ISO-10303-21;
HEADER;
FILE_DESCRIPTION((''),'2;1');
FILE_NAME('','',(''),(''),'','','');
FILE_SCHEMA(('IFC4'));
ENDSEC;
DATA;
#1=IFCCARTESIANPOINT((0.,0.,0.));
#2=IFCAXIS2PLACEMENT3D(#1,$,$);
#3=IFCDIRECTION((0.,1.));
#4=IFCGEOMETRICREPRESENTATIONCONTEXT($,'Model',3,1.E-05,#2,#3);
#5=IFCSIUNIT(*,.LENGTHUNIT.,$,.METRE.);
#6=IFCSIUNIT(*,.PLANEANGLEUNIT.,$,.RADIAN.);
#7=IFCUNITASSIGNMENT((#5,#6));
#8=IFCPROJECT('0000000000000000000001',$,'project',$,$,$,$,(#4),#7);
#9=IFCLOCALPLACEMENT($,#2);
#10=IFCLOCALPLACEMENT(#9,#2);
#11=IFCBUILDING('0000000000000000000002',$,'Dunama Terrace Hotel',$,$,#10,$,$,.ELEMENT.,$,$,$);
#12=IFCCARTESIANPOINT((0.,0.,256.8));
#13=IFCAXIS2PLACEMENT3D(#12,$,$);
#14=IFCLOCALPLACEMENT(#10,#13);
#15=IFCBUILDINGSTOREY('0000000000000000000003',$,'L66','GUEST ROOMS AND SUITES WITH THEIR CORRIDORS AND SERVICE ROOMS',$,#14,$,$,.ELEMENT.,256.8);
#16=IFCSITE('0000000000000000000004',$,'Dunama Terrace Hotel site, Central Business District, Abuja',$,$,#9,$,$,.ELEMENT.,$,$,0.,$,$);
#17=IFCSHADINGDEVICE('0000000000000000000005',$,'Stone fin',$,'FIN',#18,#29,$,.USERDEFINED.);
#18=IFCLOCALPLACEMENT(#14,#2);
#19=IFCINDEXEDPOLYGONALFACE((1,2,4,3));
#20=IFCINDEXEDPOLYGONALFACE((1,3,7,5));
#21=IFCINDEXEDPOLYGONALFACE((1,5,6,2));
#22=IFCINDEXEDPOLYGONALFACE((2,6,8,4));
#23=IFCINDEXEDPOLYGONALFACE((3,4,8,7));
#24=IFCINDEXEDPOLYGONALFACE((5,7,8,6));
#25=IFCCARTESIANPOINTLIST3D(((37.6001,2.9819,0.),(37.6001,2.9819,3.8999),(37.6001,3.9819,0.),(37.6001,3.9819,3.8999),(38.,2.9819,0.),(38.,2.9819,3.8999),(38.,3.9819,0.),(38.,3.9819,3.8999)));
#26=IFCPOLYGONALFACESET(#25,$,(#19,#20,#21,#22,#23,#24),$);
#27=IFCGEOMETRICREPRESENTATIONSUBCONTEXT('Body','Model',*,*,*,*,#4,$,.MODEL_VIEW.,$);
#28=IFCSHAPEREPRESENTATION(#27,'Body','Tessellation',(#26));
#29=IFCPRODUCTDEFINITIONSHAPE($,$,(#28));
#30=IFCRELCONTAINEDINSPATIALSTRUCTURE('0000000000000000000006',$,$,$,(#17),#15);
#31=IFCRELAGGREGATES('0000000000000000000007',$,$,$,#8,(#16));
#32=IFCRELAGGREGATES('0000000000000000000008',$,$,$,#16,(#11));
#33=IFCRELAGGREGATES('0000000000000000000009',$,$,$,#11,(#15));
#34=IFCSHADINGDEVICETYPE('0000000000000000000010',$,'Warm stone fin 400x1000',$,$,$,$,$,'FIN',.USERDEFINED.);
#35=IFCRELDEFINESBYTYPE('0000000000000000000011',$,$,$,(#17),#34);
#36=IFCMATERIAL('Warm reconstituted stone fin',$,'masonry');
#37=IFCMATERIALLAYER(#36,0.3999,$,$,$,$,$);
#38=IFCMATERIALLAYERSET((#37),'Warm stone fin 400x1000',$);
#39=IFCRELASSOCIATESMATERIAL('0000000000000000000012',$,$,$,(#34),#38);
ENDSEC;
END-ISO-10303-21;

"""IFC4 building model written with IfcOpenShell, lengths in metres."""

from ifc_helpers import new_model, si_unit, direction, frame, origin, origin_2d, place, context, subcontext, project, spatial, rectangle, extrude, material, layer, layer_set, type_object, element, save


model = new_model("IFC4")

# Units and contexts
model_context = context("Model", 3, precision=1e-05, world=origin(), true_north=direction((0.0, 1.0)))
body_context = subcontext(model_context, "Body", "Model", "MODEL_VIEW")
ifc_project = project(units=[si_unit("LENGTHUNIT", "METRE"), si_unit("PLANEANGLEUNIT", "RADIAN")], contexts=[model_context])

# Site, building, storey
site_placement = place(None, origin())
site = spatial("IfcSite", under=ifc_project, at=site_placement, Name="Dunama Terrace Hotel site, Central Business District, Abuja", CompositionType="ELEMENT", RefElevation=0.0)
building_placement = place(site_placement, origin())
building = spatial("IfcBuilding", under=site, at=building_placement, Name="Dunama Terrace Hotel", CompositionType="ELEMENT")
storey_placement = place(building_placement, frame((0.0, 0.0, 256.8)))
storey = spatial("IfcBuildingStorey", under=building, at=storey_placement, Name="L66", Description="GUEST ROOMS AND SUITES WITH THEIR CORRIDORS AND SERVICE ROOMS", CompositionType="ELEMENT", Elevation=256.8)

# Shading device
ifc_material_1 = material(Name="Warm reconstituted stone fin", Category="masonry")
ifc_layer_1 = layer(ifc_material_1, 0.3999)
ifc_layer_set_1 = layer_set([ifc_layer_1], Name="Warm stone fin 400x1000")
shading_device_type = type_object("IfcShadingDeviceType", Name="Warm stone fin 400x1000", ElementType="FIN", PredefinedType="USERDEFINED", material=ifc_layer_set_1)
shading_device_placement = place(storey_placement, frame((37.8, 3.4819, 0.0), z_axis=(0.0, 0.0, 1.0), x_axis=(1.0, 0.0, 0.0)))
element("IfcShadingDevice", 1, at=shading_device_placement, inside=storey, type_object=shading_device_type, Name="Stone fin", ObjectType="FIN", PredefinedType="USERDEFINED", context=body_context, shape_type="SweptSolid", body=[
    extrude(rectangle(XDim=0.3999, YDim=1.0, at=origin_2d()), origin(), (0.0, 0.0, 1.0), 3.8999),
])

save(model, "model.ifc")
